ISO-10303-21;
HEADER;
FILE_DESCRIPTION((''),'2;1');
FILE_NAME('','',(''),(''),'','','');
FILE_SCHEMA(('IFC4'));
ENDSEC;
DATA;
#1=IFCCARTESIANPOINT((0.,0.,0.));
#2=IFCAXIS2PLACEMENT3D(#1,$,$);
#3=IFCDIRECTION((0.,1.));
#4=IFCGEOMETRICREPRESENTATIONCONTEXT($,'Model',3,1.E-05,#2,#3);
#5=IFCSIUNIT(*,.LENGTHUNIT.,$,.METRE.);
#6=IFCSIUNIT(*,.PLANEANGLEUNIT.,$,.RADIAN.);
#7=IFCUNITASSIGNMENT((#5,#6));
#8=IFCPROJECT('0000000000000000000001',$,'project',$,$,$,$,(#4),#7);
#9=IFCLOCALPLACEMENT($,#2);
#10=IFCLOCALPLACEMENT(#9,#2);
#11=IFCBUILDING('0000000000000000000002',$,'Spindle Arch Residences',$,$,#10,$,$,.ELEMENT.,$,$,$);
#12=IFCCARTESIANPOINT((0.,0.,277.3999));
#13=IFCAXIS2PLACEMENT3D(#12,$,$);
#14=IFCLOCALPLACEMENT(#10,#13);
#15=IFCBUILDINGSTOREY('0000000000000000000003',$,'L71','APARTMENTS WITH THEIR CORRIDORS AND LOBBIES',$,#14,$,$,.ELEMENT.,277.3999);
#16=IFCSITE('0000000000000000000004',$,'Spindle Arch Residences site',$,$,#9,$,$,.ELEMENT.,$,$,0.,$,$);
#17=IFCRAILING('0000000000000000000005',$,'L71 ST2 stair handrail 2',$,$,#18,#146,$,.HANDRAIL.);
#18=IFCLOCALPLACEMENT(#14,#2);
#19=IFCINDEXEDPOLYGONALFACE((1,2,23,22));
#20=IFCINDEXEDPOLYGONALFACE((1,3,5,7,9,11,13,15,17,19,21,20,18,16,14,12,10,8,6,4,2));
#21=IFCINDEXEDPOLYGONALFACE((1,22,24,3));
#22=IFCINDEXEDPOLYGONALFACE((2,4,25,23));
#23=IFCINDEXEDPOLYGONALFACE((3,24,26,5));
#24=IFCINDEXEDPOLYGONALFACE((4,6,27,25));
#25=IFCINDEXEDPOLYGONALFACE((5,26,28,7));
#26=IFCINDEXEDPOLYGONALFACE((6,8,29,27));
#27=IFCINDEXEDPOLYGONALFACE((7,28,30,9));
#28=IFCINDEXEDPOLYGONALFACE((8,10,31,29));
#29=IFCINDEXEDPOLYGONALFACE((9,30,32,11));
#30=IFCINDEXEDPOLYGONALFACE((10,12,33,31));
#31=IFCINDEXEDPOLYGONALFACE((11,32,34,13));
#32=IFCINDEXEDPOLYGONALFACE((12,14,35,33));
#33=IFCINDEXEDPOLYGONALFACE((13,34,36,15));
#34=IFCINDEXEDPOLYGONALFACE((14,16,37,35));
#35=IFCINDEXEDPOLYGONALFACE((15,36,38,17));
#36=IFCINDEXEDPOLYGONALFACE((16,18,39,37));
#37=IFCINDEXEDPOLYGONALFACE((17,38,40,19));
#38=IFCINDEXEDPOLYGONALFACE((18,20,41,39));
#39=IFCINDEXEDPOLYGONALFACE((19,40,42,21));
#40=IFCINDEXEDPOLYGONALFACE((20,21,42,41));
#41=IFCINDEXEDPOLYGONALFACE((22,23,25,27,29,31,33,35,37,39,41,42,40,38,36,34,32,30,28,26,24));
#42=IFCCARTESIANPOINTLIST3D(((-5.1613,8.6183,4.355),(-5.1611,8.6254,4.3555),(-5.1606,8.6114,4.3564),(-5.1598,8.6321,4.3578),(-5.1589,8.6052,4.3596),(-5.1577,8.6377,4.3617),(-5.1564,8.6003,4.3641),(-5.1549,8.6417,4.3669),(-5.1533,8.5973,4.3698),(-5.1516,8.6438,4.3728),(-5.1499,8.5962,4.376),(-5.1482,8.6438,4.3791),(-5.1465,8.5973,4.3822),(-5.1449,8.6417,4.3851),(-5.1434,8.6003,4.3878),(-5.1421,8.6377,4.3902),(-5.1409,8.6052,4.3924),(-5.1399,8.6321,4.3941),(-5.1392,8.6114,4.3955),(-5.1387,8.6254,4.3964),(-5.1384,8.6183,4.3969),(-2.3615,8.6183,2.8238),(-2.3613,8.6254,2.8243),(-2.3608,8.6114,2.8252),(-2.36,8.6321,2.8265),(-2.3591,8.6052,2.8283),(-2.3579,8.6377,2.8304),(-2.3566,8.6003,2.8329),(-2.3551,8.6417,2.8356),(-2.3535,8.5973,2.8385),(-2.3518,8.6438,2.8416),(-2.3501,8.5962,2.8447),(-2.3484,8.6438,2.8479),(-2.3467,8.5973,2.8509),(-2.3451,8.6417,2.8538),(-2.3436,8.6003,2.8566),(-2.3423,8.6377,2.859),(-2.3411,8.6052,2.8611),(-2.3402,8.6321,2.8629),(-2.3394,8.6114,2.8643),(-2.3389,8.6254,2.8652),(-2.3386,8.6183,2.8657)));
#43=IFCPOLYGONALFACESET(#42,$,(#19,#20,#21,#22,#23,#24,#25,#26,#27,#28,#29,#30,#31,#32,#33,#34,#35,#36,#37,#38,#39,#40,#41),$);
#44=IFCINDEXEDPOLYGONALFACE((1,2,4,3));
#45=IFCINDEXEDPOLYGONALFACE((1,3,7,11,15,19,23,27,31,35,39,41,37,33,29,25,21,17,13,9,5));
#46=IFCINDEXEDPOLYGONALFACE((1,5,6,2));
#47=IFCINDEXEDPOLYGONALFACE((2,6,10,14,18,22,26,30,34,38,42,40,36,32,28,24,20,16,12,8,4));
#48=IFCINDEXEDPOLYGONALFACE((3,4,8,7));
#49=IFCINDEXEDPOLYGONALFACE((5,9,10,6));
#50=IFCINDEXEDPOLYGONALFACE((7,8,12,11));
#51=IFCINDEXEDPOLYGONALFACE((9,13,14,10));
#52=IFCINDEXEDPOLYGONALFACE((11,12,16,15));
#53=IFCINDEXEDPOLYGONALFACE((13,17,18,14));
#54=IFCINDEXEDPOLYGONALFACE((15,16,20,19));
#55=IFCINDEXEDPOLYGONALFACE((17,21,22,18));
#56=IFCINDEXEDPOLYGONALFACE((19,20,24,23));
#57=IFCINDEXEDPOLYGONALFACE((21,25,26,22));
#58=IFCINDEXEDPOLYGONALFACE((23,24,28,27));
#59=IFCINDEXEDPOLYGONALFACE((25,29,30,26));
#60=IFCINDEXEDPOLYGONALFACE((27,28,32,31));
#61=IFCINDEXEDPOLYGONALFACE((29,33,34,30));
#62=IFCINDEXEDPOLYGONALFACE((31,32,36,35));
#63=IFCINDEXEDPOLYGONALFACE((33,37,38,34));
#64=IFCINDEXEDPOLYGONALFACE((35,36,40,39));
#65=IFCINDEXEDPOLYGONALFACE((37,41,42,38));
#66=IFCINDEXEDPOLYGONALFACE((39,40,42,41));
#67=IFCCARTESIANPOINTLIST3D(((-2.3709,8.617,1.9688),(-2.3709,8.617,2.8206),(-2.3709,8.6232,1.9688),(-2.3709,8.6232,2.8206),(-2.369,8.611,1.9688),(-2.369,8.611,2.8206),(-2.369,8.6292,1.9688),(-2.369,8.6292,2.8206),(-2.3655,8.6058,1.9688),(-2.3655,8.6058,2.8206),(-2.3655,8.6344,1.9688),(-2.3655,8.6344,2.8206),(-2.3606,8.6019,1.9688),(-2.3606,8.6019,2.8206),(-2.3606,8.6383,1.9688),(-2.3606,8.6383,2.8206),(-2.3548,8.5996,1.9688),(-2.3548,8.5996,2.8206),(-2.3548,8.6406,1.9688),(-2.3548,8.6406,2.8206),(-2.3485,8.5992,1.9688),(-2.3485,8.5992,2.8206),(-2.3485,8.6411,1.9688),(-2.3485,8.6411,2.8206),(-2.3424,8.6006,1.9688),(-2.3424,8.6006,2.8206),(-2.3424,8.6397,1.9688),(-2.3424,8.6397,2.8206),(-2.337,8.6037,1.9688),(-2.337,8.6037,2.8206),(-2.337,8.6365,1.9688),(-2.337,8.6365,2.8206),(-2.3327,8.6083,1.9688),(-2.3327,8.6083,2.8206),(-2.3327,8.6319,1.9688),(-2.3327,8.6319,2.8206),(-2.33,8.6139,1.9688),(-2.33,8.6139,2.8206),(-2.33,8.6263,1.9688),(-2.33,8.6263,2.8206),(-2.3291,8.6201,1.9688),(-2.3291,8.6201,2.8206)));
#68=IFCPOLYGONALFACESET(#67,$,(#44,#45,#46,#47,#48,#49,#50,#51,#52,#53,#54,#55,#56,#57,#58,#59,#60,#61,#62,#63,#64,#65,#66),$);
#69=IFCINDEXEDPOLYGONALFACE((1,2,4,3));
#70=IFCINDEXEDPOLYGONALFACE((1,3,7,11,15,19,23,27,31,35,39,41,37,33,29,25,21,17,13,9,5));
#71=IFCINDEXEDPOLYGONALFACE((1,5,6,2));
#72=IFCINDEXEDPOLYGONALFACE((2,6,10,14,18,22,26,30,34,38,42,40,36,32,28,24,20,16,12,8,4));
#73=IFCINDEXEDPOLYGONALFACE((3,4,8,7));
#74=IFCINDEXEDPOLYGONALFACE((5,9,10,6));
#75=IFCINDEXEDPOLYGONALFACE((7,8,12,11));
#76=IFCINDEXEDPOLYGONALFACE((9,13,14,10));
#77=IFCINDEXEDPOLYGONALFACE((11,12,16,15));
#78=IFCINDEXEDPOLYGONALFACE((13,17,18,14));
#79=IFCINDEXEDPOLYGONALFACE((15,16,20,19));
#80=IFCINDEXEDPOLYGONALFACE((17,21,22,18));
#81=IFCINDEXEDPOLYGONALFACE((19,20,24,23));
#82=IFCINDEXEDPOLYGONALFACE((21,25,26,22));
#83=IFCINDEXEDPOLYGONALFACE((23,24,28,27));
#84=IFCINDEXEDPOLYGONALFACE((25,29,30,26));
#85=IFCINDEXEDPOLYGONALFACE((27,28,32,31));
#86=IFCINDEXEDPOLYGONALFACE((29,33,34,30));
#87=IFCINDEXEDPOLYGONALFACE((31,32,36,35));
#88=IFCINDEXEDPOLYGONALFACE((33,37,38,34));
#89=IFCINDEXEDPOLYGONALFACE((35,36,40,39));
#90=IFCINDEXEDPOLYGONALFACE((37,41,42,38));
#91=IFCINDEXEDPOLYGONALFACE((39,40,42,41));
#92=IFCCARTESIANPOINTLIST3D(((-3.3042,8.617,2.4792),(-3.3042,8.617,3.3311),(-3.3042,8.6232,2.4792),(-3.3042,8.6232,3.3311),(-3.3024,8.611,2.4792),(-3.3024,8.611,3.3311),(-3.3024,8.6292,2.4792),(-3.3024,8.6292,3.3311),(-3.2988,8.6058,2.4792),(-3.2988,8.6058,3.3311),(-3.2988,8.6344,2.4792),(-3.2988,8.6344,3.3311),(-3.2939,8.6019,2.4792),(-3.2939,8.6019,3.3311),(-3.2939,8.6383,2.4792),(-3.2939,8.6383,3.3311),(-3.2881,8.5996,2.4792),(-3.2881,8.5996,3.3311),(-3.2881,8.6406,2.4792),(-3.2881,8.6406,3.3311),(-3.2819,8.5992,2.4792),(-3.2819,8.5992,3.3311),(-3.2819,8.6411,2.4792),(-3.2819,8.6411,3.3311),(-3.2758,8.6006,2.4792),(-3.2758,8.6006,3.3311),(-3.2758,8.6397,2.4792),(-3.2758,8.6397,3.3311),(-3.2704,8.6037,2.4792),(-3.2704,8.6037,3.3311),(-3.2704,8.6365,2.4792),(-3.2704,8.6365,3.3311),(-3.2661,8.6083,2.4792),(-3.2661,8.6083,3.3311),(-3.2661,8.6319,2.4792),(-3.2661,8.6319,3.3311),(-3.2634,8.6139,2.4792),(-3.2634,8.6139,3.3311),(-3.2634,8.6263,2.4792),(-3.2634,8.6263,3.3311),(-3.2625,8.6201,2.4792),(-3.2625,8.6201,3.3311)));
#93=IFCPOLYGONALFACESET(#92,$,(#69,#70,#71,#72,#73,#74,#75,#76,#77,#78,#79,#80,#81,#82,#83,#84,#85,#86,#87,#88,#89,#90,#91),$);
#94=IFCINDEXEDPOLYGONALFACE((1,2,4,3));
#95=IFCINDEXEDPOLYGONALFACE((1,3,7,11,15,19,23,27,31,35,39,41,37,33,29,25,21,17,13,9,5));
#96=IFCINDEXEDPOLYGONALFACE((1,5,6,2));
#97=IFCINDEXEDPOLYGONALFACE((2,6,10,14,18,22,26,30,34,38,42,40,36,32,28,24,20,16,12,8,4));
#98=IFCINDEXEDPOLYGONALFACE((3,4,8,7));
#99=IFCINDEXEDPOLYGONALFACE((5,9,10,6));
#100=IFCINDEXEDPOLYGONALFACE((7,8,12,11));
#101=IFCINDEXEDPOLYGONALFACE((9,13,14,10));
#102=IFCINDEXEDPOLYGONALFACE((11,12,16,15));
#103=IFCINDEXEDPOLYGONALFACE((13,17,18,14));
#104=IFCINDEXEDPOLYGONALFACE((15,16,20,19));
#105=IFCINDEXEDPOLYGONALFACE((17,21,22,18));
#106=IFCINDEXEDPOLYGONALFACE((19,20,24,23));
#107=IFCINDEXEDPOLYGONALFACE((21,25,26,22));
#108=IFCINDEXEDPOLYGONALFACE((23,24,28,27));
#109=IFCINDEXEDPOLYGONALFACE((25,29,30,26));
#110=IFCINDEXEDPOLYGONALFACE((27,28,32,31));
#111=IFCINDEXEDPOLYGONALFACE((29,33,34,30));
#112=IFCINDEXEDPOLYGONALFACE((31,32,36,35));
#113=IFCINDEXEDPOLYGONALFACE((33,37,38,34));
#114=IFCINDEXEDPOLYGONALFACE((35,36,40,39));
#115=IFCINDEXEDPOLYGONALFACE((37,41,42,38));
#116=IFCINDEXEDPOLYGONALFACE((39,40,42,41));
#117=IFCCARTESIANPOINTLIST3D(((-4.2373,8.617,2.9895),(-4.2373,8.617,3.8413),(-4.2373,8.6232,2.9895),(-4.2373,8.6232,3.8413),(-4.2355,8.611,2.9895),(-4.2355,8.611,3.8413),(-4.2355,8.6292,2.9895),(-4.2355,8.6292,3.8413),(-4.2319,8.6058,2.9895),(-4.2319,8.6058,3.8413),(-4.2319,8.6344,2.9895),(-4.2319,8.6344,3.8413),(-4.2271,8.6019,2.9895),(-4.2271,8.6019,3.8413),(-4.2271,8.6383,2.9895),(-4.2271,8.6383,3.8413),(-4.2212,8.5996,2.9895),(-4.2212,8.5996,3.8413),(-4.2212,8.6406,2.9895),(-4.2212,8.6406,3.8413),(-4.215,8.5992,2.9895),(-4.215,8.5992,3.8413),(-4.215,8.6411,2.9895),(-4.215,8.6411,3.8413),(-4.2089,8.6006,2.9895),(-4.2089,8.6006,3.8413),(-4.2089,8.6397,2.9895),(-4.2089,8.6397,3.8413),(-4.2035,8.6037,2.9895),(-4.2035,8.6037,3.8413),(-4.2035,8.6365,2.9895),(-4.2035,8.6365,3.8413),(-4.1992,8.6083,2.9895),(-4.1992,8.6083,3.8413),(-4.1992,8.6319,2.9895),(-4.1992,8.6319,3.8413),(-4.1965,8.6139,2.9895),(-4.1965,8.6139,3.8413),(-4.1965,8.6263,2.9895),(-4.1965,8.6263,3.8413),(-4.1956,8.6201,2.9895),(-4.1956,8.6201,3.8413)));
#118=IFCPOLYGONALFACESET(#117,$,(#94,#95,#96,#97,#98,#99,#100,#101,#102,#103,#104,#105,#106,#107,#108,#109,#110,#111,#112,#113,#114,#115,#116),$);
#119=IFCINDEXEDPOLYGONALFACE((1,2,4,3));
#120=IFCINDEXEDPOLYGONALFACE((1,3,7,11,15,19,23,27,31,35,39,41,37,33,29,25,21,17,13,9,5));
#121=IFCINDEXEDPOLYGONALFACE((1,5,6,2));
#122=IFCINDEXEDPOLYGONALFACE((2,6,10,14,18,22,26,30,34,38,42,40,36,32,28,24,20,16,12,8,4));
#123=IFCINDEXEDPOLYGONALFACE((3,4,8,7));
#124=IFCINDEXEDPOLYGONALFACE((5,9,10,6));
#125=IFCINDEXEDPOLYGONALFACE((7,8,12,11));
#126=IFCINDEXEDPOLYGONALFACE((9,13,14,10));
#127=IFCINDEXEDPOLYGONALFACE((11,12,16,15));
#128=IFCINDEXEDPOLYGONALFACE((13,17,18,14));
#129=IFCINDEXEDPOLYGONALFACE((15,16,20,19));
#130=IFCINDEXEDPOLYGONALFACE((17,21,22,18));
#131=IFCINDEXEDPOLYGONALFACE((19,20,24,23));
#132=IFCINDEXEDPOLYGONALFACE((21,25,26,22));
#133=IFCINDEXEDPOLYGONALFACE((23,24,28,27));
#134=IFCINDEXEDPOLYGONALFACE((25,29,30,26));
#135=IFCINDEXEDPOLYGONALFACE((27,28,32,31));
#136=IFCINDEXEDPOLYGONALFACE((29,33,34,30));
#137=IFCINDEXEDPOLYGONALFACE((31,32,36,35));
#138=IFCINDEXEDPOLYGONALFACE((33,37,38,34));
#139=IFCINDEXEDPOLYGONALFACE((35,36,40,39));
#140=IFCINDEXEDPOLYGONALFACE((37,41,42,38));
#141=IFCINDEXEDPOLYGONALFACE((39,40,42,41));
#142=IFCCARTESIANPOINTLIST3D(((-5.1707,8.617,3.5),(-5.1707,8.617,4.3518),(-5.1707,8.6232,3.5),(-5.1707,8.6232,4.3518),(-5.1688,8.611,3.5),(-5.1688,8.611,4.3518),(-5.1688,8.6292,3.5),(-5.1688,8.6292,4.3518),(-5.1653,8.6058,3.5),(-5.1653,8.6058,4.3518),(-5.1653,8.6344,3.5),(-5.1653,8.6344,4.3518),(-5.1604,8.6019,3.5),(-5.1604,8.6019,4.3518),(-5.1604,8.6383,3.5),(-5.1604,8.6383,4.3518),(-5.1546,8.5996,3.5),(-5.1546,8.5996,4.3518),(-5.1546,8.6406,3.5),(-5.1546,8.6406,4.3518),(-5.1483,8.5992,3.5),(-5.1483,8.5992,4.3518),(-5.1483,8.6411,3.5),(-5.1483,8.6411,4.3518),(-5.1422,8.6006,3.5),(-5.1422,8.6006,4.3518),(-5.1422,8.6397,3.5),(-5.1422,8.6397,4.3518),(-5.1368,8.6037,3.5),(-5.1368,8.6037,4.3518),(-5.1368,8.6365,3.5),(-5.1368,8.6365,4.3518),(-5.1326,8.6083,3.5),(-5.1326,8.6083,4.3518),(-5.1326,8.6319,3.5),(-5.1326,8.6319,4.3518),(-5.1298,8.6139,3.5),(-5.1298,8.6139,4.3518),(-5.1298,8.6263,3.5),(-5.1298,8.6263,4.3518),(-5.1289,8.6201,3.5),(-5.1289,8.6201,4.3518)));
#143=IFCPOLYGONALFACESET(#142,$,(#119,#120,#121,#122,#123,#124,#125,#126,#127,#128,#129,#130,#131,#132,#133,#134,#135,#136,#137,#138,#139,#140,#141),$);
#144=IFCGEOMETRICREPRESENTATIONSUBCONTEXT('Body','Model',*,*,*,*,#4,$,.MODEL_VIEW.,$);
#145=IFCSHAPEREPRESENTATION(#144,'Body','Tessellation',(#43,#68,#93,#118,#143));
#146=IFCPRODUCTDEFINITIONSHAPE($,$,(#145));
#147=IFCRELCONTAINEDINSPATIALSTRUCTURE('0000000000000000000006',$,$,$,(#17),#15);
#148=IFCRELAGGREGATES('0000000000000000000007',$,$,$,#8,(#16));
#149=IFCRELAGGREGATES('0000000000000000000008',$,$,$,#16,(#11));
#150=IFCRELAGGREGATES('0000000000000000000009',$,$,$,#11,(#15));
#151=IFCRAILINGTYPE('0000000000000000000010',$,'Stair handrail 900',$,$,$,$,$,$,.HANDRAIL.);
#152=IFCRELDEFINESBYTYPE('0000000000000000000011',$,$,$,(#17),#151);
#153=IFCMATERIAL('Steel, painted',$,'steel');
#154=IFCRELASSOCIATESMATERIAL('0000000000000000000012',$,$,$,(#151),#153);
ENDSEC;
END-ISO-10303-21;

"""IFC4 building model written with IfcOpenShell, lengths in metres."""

from ifc_helpers import new_model, si_unit, direction, frame, origin, origin_2d, place, context, subcontext, project, spatial, circle, extrude, material, type_object, element, save


model = new_model("IFC4")

# Units and contexts
model_context = context("Model", 3, precision=1e-05, world=origin(), true_north=direction((0.0, 1.0)))
body_context = subcontext(model_context, "Body", "Model", "MODEL_VIEW")
ifc_project = project(units=[si_unit("LENGTHUNIT", "METRE"), si_unit("PLANEANGLEUNIT", "RADIAN")], contexts=[model_context])

# Site, building, storey
site_placement = place(None, origin())
site = spatial("IfcSite", under=ifc_project, at=site_placement, Name="Spindle Arch Residences site", CompositionType="ELEMENT", RefElevation=0.0)
building_placement = place(site_placement, origin())
building = spatial("IfcBuilding", under=site, at=building_placement, Name="Spindle Arch Residences", CompositionType="ELEMENT")
storey_placement = place(building_placement, frame((0.0, 0.0, 277.3999)))
storey = spatial("IfcBuildingStorey", under=building, at=storey_placement, Name="L71", Description="APARTMENTS WITH THEIR CORRIDORS AND LOBBIES", CompositionType="ELEMENT", Elevation=277.3999)

# Railing
ifc_material_1 = material(Name="Steel, painted", Category="steel")
railing_type_1 = type_object("IfcRailingType", Name="Stair handrail 900", PredefinedType="HANDRAIL", material=ifc_material_1)
railing_1_placement = place(storey_placement, frame((-2.3501, 8.6201, 1.9688)))
element("IfcRailing", 1, at=railing_1_placement, inside=storey, type_object=railing_type_1, Name="L71 ST2 stair handrail 2", PredefinedType="HANDRAIL", context=body_context, shape_type="SweptSolid", body=[
    extrude(circle(Radius=0.0239, at=origin_2d()), frame((0.0, 0.0, 0.876), z_axis=(-0.877357, 0.0, 0.479838), x_axis=(0.0, -1.0, 0.0)), (0.0, 0.0, 1.0), 3.1912),
    extrude(circle(Radius=0.021, at=origin_2d()), origin(), (0.0, 0.0, 1.0), 0.8518),
    extrude(circle(Radius=0.021, at=origin_2d()), frame((-0.9333, 0.0, 0.5105)), (0.0, 0.0, 1.0), 0.8518),
    extrude(circle(Radius=0.021, at=origin_2d()), frame((-1.8665, 0.0, 1.0208)), (0.0, 0.0, 1.0), 0.8518),
    extrude(circle(Radius=0.021, at=origin_2d()), frame((-2.7998, 0.0, 1.5312)), (0.0, 0.0, 1.0), 0.8518),
])

save(model, "model.ifc")
